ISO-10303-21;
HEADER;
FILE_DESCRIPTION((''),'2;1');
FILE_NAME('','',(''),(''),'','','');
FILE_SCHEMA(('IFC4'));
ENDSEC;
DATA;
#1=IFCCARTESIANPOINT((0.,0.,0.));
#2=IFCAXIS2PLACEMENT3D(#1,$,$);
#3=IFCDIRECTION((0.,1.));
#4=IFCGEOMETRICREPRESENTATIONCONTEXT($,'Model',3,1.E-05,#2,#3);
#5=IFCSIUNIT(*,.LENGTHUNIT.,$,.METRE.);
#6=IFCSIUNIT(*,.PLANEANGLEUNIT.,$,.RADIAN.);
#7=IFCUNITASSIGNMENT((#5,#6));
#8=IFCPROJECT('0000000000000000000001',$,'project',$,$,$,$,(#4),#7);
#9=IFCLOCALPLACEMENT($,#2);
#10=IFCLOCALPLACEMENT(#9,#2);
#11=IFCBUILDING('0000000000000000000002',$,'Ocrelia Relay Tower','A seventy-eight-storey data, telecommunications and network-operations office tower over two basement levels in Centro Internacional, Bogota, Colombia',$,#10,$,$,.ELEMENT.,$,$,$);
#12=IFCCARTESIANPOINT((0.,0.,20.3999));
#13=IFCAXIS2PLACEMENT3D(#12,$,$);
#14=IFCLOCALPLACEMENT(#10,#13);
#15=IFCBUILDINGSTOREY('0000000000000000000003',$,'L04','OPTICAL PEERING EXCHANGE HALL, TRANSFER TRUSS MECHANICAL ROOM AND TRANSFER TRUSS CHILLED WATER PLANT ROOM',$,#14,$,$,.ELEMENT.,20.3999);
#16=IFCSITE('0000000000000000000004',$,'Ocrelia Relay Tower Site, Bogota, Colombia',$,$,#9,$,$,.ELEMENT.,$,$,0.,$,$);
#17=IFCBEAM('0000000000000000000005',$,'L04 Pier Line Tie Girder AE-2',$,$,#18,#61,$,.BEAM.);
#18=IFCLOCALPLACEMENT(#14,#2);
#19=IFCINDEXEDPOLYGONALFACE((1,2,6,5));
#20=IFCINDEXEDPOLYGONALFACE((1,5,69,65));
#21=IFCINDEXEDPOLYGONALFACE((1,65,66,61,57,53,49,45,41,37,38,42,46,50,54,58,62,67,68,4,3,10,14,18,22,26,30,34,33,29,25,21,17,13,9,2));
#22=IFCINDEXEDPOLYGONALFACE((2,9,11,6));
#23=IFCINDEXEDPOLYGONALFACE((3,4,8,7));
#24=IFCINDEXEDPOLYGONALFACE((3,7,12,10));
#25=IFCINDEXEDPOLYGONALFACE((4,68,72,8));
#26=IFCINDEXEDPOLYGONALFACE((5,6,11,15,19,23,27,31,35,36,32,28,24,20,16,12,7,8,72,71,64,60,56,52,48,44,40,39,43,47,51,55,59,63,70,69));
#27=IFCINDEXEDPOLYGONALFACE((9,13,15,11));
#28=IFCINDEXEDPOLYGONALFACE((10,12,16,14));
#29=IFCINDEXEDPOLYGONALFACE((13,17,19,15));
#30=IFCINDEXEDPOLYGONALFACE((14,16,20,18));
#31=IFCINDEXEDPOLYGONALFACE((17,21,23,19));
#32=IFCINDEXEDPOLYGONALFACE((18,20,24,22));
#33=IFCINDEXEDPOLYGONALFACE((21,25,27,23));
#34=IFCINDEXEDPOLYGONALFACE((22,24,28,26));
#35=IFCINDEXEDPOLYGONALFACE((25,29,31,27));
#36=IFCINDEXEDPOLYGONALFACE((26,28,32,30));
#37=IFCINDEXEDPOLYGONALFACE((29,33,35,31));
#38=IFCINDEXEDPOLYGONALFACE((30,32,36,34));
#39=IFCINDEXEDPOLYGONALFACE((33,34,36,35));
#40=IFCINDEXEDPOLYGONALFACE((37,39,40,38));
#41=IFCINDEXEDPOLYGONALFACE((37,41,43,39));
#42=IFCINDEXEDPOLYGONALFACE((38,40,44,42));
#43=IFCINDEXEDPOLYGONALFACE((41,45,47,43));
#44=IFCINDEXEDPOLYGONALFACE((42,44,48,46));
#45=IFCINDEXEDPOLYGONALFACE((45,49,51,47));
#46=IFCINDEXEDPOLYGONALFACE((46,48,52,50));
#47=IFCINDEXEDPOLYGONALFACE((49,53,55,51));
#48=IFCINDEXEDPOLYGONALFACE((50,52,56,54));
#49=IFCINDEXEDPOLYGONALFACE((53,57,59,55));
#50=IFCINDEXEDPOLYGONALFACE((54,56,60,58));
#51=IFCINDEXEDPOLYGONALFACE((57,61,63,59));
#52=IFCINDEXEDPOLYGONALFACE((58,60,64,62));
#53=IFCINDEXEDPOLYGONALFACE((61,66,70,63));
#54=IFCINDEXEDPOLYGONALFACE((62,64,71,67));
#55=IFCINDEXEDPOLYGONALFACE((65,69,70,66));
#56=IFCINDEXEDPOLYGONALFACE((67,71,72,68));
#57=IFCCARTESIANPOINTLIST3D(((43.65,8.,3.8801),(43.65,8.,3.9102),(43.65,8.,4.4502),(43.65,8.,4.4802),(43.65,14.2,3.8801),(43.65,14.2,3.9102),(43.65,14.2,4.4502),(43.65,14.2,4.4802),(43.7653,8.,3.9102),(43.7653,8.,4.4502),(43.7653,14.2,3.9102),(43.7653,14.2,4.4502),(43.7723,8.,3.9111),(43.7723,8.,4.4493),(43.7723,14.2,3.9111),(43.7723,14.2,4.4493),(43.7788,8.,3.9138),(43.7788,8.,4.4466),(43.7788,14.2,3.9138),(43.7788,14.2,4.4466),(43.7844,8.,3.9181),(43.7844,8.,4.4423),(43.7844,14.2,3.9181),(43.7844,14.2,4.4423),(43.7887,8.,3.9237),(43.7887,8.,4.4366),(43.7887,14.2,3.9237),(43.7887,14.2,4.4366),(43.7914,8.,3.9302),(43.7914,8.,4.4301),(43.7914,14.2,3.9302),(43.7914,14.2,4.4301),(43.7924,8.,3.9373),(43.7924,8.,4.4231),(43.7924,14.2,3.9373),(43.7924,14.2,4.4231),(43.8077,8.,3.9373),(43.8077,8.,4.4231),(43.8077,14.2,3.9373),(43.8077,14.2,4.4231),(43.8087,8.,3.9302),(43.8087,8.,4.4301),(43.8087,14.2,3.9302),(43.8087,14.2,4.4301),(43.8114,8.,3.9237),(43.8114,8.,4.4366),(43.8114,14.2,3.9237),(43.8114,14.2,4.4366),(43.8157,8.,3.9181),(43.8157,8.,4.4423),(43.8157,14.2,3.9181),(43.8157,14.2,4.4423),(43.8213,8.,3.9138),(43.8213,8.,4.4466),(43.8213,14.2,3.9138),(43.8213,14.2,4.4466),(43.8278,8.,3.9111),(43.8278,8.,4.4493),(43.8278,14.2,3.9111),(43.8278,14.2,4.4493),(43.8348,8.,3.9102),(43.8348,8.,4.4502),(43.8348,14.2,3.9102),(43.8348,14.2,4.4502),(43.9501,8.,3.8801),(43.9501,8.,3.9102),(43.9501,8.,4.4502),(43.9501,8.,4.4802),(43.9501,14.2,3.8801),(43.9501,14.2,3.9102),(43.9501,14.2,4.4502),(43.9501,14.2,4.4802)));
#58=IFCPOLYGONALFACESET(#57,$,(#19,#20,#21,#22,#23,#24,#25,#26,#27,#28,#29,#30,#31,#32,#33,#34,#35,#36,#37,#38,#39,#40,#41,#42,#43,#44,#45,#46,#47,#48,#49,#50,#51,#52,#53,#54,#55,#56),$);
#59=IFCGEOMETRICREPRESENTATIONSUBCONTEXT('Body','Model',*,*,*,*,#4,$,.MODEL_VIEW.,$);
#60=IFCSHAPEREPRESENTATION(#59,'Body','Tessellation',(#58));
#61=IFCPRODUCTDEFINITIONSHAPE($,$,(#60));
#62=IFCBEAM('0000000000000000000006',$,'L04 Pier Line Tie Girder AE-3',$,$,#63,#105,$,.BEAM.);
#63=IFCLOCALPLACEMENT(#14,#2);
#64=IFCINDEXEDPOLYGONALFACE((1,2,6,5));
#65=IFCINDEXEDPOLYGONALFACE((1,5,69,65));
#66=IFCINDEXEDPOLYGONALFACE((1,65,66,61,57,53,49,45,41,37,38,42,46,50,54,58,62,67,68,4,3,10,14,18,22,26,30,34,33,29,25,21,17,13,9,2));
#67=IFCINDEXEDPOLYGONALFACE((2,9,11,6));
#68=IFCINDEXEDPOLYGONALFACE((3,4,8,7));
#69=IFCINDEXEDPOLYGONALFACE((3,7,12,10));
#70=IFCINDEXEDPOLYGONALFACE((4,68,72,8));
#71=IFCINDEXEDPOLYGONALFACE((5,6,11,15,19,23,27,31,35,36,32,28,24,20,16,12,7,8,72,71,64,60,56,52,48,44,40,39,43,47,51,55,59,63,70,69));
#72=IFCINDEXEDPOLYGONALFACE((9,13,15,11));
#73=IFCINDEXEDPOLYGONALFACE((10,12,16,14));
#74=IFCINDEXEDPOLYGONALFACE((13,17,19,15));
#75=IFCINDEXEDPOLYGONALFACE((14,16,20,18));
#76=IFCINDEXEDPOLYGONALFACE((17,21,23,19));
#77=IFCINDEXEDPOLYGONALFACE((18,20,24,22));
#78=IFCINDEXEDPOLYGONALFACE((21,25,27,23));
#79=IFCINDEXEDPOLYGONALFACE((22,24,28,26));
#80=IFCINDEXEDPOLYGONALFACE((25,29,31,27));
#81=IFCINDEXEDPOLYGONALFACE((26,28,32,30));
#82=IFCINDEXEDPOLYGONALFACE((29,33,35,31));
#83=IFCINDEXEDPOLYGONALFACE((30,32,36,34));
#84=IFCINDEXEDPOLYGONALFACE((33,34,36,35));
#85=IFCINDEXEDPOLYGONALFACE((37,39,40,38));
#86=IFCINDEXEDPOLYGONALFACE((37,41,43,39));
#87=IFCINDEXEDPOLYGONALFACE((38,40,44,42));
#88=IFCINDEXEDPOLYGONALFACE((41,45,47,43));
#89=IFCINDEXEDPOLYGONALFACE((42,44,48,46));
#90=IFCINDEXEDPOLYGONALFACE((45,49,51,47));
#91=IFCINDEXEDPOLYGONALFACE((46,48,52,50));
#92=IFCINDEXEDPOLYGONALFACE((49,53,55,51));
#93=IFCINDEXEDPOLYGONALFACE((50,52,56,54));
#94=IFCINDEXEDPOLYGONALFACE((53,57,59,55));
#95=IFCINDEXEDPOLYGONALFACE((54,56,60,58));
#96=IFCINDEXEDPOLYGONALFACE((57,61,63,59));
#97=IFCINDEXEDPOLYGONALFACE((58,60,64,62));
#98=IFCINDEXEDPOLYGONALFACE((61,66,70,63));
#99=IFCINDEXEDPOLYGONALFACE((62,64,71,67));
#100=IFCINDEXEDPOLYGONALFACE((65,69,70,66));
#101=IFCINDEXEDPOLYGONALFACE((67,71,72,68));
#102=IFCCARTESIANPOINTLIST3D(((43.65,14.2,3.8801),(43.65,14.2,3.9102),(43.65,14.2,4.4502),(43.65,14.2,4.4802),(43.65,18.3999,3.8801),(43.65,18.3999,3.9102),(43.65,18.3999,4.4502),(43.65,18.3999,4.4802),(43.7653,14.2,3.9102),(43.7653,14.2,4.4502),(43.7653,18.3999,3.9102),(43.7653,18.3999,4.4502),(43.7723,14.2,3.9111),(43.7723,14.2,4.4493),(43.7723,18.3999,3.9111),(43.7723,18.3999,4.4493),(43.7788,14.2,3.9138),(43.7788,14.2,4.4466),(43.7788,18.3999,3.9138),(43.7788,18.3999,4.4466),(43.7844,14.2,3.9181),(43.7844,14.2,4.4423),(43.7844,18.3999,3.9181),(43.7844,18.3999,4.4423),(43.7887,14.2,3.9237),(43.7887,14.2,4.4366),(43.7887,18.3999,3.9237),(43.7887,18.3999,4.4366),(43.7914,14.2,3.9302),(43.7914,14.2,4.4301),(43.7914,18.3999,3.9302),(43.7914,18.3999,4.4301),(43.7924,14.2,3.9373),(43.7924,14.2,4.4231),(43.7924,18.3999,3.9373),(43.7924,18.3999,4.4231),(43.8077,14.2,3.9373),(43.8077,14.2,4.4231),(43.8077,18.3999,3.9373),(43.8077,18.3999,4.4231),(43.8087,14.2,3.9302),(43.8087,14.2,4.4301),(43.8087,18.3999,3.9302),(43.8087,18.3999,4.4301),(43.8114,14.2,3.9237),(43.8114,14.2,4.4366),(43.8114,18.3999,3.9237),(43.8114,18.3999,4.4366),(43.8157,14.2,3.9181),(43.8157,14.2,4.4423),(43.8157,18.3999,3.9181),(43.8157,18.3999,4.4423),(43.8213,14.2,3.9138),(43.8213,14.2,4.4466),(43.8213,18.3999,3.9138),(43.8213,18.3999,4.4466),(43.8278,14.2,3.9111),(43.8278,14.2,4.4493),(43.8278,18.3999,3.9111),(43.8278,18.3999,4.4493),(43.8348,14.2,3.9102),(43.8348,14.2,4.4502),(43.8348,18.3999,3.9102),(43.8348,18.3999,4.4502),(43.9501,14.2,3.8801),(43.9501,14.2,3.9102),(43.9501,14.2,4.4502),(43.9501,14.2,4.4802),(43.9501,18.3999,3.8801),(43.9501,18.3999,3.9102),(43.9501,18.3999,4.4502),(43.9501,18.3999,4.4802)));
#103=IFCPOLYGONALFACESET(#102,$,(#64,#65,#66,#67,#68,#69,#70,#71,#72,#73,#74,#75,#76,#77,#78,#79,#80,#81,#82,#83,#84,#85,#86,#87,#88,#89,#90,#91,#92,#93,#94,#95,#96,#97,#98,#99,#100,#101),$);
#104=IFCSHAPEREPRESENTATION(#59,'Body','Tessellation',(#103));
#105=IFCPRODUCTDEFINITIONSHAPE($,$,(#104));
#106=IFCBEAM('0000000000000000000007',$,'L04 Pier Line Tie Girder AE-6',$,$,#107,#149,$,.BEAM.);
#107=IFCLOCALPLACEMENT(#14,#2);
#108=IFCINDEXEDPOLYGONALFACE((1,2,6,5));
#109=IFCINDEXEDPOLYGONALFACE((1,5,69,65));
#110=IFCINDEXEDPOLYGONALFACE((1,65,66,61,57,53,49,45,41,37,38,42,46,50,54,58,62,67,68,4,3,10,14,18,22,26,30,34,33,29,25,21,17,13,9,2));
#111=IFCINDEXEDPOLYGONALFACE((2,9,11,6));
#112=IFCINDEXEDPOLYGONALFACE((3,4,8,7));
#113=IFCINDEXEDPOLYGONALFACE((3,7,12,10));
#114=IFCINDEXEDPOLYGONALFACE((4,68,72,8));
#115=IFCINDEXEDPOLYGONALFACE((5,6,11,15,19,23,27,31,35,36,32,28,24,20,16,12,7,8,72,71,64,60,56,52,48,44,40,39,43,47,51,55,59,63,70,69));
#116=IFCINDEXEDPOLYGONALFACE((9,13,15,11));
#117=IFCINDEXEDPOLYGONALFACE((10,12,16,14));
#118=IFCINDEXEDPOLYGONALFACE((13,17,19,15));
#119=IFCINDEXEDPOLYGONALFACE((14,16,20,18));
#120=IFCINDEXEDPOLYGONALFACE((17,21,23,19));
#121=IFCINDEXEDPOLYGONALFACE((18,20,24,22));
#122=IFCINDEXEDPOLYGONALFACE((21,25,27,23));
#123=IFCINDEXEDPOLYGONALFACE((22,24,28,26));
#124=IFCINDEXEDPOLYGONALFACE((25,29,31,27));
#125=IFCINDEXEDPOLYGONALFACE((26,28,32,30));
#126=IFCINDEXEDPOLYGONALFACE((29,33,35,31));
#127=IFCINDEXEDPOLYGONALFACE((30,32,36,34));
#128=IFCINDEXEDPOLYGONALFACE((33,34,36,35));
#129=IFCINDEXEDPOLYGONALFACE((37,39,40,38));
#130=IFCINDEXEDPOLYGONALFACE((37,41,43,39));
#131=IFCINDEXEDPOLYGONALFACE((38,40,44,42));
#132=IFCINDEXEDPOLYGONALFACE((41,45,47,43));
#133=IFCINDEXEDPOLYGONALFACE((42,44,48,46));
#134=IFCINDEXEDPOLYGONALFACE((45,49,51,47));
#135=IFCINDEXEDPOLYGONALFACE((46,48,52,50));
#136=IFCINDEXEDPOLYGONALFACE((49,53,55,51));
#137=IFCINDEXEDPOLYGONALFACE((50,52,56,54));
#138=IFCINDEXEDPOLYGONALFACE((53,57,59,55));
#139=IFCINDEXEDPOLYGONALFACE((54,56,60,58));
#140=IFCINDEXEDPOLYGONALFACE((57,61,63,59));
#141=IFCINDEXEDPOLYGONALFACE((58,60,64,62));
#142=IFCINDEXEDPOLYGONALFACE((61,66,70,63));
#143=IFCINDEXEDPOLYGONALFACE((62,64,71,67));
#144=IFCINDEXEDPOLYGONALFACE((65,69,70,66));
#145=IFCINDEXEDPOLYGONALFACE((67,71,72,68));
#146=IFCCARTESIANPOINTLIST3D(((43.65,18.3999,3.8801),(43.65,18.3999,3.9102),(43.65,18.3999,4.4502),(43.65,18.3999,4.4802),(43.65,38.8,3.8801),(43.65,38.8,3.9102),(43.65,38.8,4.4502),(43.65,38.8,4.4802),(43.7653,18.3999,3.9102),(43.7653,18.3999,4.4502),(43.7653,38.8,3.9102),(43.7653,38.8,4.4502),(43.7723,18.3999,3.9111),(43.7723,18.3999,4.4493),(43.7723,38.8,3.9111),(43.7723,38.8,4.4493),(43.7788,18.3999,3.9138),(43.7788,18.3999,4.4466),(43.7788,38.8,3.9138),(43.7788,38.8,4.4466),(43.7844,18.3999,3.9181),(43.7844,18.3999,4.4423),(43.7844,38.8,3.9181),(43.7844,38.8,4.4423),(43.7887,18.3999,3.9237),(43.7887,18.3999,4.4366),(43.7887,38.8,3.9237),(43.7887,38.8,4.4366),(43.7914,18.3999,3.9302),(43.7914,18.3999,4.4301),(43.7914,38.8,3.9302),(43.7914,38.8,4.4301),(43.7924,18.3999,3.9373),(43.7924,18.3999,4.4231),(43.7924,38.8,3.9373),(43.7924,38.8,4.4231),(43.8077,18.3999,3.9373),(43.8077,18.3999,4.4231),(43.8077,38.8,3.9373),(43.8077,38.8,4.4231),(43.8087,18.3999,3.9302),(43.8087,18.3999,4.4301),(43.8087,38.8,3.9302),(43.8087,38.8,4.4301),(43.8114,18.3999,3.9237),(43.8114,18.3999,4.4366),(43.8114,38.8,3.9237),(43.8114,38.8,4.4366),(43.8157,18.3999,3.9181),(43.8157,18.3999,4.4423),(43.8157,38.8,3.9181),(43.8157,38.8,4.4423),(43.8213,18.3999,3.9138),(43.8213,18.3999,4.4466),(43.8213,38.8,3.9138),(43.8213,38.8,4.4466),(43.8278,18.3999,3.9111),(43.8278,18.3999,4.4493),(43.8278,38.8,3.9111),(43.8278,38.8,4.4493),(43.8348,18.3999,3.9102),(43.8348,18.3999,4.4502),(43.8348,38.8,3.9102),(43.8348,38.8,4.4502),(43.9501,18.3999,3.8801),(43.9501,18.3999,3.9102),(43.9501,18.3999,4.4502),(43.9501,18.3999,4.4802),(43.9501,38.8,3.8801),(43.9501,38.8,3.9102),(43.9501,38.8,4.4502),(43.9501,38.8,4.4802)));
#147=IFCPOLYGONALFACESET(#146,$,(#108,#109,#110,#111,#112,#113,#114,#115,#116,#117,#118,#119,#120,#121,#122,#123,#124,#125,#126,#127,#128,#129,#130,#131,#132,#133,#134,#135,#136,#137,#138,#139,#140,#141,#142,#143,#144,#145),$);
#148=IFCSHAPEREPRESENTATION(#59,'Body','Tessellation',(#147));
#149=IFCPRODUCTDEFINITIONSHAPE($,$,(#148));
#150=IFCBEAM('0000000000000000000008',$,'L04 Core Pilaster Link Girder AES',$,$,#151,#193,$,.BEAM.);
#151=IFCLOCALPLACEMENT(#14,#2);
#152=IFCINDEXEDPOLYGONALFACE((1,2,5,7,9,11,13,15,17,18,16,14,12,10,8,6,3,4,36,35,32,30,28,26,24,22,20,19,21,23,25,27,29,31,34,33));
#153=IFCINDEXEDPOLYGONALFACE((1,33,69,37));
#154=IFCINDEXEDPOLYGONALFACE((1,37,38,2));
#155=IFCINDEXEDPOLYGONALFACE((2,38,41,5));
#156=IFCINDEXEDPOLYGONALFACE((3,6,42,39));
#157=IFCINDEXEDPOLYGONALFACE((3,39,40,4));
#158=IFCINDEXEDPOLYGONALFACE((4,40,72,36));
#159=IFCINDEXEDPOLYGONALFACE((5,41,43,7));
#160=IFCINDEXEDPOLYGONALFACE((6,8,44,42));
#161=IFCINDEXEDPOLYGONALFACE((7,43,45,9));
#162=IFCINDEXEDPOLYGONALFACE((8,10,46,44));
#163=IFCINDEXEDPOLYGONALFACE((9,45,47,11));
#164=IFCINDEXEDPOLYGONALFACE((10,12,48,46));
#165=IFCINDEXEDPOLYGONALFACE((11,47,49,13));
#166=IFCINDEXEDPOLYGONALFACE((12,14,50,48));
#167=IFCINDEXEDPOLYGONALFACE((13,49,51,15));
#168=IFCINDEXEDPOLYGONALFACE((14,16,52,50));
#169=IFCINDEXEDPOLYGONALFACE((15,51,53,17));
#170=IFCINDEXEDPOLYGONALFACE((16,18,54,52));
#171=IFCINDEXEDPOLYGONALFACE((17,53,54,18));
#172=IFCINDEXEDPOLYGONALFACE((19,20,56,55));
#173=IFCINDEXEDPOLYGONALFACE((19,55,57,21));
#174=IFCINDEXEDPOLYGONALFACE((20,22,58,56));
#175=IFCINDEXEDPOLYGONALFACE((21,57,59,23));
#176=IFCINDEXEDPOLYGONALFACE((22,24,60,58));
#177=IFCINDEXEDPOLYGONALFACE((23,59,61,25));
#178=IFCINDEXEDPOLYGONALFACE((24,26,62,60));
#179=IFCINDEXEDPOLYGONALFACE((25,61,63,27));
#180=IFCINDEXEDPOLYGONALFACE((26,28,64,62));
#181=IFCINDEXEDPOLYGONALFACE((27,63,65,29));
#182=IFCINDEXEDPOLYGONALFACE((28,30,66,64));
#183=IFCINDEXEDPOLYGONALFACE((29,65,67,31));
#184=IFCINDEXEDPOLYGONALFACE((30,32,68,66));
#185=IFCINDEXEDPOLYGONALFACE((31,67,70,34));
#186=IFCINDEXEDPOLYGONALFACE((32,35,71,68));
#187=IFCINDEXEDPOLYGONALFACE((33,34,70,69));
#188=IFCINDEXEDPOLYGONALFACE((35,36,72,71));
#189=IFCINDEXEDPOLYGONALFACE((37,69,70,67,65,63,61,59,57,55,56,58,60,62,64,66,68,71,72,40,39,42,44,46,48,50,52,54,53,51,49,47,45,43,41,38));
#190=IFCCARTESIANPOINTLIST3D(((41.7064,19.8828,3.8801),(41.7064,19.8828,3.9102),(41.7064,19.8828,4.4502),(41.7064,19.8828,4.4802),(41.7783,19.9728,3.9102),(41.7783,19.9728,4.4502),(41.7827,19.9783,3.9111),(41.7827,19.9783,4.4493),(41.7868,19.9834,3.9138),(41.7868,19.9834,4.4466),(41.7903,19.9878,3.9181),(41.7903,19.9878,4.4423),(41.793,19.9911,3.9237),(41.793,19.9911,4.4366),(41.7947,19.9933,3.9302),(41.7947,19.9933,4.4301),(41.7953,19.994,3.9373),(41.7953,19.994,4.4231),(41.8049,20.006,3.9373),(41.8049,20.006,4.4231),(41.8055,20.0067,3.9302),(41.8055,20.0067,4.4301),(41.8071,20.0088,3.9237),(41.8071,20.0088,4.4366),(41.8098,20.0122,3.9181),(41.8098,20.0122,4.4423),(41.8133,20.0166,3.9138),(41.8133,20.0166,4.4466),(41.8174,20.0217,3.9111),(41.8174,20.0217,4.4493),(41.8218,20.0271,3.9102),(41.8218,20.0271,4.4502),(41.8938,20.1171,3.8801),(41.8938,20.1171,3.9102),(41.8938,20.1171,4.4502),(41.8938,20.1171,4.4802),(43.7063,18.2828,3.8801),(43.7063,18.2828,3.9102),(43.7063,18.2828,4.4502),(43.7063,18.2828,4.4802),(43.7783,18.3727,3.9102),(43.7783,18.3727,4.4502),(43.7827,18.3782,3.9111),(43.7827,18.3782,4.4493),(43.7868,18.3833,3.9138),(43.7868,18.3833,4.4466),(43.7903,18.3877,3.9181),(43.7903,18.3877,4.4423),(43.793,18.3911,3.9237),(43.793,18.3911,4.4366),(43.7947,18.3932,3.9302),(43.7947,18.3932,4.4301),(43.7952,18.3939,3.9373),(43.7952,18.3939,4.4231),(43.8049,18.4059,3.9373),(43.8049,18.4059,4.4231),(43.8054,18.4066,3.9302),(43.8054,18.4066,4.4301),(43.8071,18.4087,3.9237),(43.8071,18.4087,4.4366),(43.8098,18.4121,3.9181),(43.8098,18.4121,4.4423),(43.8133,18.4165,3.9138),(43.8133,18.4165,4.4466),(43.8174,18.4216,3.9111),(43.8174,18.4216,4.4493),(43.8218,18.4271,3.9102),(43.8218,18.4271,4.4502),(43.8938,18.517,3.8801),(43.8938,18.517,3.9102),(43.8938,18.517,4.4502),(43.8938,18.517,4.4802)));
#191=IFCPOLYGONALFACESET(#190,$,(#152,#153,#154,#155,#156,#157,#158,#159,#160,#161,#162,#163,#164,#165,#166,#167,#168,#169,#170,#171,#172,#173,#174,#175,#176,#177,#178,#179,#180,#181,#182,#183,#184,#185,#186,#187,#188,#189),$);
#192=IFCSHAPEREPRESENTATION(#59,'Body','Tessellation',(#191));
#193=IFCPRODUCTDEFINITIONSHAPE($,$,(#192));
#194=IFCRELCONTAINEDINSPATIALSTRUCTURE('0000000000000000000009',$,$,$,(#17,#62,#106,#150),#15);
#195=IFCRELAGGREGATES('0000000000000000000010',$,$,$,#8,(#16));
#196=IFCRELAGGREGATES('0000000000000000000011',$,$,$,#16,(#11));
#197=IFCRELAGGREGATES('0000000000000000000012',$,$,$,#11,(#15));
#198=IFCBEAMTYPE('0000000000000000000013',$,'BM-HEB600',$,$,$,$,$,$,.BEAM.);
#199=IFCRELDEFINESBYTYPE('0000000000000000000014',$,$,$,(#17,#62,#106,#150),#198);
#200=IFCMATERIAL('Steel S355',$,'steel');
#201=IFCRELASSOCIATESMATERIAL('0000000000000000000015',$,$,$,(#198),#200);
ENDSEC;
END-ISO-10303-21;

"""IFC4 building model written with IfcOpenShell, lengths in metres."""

from ifc_helpers import new_model, si_unit, direction, frame, origin, origin_2d, place, context, subcontext, project, spatial, i_section, extrude, material, material_profile, profile_set, type_object, element, save


model = new_model("IFC4")

# Units and contexts
model_context = context("Model", 3, precision=1e-05, world=origin(), true_north=direction((0.0, 1.0)))
body_context = subcontext(model_context, "Body", "Model", "MODEL_VIEW")
ifc_project = project(units=[si_unit("LENGTHUNIT", "METRE"), si_unit("PLANEANGLEUNIT", "RADIAN")], contexts=[model_context])

# Site, building, storey
site_placement = place(None, origin())
site = spatial("IfcSite", under=ifc_project, at=site_placement, Name="Ocrelia Relay Tower Site, Bogota, Colombia", CompositionType="ELEMENT", RefElevation=0.0)
building_placement = place(site_placement, origin())
building = spatial("IfcBuilding", under=site, at=building_placement, Name="Ocrelia Relay Tower", Description="A seventy-eight-storey data, telecommunications and network-operations office tower over two basement levels in Centro Internacional, Bogota, Colombia", CompositionType="ELEMENT")
storey_placement = place(building_placement, frame((0.0, 0.0, 20.3999)))
storey = spatial("IfcBuildingStorey", under=building, at=storey_placement, Name="L04", Description="OPTICAL PEERING EXCHANGE HALL, TRANSFER TRUSS MECHANICAL ROOM AND TRANSFER TRUSS CHILLED WATER PLANT ROOM", CompositionType="ELEMENT", Elevation=20.3999)

# Beams
ifc_material_1 = material(Name="Steel S355", Category="steel")
ifc_material_profile_1 = material_profile(ifc_material_1, i_section(OverallWidth=0.3, OverallDepth=0.6001, WebThickness=0.0154, FlangeThickness=0.03, FilletRadius=0.0271, at=origin_2d()), Name="HEB 600")
ifc_profile_set_1 = profile_set([ifc_material_profile_1], Name="Steel S355")
beam_type_1 = type_object("IfcBeamType", Name="BM-HEB600", PredefinedType="BEAM", material=ifc_profile_set_1)
beam_1_placement = place(storey_placement, frame((43.8, 8.0, 4.1802), z_axis=(0.0, 1.0, 0.0), x_axis=(-1.0, 0.0, 0.0)))
element("IfcBeam", 1, at=beam_1_placement, inside=storey, type_object=beam_type_1, Name="L04 Pier Line Tie Girder AE-2", PredefinedType="BEAM", context=body_context, shape_type="SweptSolid", body=[
    extrude(i_section(OverallWidth=0.3, OverallDepth=0.6001, WebThickness=0.0154, FlangeThickness=0.03, FilletRadius=0.0271, at=origin_2d()), origin(), (0.0, 0.0, 1.0), 6.2),
])
beam_2_placement = place(storey_placement, frame((43.8, 14.2, 4.1802), z_axis=(0.0, 1.0, 0.0), x_axis=(-1.0, 0.0, 0.0)))
element("IfcBeam", 2, at=beam_2_placement, inside=storey, type_object=beam_type_1, Name="L04 Pier Line Tie Girder AE-3", PredefinedType="BEAM", context=body_context, shape_type="SweptSolid", body=[
    extrude(i_section(OverallWidth=0.3, OverallDepth=0.6001, WebThickness=0.0154, FlangeThickness=0.03, FilletRadius=0.0271, at=origin_2d()), origin(), (0.0, 0.0, 1.0), 4.2),
])
beam_3_placement = place(storey_placement, frame((43.8, 18.3999, 4.1802), z_axis=(0.0, 1.0, 0.0), x_axis=(-1.0, 0.0, 0.0)))
element("IfcBeam", 3, at=beam_3_placement, inside=storey, type_object=beam_type_1, Name="L04 Pier Line Tie Girder AE-6", PredefinedType="BEAM", context=body_context, shape_type="SweptSolid", body=[
    extrude(i_section(OverallWidth=0.3, OverallDepth=0.6001, WebThickness=0.0154, FlangeThickness=0.03, FilletRadius=0.0271, at=origin_2d()), origin(), (0.0, 0.0, 1.0), 20.4001),
])
beam_4_placement = place(storey_placement, frame((43.8, 18.3999, 4.1802), z_axis=(-0.78085, 0.624718, 0.0), x_axis=(-0.624718, -0.78085, 0.0)))
element("IfcBeam", 4, at=beam_4_placement, inside=storey, type_object=beam_type_1, Name="L04 Core Pilaster Link Girder AES", PredefinedType="BEAM", context=body_context, shape_type="SweptSolid", body=[
    extrude(i_section(OverallWidth=0.3, OverallDepth=0.6001, WebThickness=0.0154, FlangeThickness=0.03, FilletRadius=0.0271, at=origin_2d()), origin(), (0.0, 0.0, 1.0), 2.5613),
])

save(model, "model.ifc")
